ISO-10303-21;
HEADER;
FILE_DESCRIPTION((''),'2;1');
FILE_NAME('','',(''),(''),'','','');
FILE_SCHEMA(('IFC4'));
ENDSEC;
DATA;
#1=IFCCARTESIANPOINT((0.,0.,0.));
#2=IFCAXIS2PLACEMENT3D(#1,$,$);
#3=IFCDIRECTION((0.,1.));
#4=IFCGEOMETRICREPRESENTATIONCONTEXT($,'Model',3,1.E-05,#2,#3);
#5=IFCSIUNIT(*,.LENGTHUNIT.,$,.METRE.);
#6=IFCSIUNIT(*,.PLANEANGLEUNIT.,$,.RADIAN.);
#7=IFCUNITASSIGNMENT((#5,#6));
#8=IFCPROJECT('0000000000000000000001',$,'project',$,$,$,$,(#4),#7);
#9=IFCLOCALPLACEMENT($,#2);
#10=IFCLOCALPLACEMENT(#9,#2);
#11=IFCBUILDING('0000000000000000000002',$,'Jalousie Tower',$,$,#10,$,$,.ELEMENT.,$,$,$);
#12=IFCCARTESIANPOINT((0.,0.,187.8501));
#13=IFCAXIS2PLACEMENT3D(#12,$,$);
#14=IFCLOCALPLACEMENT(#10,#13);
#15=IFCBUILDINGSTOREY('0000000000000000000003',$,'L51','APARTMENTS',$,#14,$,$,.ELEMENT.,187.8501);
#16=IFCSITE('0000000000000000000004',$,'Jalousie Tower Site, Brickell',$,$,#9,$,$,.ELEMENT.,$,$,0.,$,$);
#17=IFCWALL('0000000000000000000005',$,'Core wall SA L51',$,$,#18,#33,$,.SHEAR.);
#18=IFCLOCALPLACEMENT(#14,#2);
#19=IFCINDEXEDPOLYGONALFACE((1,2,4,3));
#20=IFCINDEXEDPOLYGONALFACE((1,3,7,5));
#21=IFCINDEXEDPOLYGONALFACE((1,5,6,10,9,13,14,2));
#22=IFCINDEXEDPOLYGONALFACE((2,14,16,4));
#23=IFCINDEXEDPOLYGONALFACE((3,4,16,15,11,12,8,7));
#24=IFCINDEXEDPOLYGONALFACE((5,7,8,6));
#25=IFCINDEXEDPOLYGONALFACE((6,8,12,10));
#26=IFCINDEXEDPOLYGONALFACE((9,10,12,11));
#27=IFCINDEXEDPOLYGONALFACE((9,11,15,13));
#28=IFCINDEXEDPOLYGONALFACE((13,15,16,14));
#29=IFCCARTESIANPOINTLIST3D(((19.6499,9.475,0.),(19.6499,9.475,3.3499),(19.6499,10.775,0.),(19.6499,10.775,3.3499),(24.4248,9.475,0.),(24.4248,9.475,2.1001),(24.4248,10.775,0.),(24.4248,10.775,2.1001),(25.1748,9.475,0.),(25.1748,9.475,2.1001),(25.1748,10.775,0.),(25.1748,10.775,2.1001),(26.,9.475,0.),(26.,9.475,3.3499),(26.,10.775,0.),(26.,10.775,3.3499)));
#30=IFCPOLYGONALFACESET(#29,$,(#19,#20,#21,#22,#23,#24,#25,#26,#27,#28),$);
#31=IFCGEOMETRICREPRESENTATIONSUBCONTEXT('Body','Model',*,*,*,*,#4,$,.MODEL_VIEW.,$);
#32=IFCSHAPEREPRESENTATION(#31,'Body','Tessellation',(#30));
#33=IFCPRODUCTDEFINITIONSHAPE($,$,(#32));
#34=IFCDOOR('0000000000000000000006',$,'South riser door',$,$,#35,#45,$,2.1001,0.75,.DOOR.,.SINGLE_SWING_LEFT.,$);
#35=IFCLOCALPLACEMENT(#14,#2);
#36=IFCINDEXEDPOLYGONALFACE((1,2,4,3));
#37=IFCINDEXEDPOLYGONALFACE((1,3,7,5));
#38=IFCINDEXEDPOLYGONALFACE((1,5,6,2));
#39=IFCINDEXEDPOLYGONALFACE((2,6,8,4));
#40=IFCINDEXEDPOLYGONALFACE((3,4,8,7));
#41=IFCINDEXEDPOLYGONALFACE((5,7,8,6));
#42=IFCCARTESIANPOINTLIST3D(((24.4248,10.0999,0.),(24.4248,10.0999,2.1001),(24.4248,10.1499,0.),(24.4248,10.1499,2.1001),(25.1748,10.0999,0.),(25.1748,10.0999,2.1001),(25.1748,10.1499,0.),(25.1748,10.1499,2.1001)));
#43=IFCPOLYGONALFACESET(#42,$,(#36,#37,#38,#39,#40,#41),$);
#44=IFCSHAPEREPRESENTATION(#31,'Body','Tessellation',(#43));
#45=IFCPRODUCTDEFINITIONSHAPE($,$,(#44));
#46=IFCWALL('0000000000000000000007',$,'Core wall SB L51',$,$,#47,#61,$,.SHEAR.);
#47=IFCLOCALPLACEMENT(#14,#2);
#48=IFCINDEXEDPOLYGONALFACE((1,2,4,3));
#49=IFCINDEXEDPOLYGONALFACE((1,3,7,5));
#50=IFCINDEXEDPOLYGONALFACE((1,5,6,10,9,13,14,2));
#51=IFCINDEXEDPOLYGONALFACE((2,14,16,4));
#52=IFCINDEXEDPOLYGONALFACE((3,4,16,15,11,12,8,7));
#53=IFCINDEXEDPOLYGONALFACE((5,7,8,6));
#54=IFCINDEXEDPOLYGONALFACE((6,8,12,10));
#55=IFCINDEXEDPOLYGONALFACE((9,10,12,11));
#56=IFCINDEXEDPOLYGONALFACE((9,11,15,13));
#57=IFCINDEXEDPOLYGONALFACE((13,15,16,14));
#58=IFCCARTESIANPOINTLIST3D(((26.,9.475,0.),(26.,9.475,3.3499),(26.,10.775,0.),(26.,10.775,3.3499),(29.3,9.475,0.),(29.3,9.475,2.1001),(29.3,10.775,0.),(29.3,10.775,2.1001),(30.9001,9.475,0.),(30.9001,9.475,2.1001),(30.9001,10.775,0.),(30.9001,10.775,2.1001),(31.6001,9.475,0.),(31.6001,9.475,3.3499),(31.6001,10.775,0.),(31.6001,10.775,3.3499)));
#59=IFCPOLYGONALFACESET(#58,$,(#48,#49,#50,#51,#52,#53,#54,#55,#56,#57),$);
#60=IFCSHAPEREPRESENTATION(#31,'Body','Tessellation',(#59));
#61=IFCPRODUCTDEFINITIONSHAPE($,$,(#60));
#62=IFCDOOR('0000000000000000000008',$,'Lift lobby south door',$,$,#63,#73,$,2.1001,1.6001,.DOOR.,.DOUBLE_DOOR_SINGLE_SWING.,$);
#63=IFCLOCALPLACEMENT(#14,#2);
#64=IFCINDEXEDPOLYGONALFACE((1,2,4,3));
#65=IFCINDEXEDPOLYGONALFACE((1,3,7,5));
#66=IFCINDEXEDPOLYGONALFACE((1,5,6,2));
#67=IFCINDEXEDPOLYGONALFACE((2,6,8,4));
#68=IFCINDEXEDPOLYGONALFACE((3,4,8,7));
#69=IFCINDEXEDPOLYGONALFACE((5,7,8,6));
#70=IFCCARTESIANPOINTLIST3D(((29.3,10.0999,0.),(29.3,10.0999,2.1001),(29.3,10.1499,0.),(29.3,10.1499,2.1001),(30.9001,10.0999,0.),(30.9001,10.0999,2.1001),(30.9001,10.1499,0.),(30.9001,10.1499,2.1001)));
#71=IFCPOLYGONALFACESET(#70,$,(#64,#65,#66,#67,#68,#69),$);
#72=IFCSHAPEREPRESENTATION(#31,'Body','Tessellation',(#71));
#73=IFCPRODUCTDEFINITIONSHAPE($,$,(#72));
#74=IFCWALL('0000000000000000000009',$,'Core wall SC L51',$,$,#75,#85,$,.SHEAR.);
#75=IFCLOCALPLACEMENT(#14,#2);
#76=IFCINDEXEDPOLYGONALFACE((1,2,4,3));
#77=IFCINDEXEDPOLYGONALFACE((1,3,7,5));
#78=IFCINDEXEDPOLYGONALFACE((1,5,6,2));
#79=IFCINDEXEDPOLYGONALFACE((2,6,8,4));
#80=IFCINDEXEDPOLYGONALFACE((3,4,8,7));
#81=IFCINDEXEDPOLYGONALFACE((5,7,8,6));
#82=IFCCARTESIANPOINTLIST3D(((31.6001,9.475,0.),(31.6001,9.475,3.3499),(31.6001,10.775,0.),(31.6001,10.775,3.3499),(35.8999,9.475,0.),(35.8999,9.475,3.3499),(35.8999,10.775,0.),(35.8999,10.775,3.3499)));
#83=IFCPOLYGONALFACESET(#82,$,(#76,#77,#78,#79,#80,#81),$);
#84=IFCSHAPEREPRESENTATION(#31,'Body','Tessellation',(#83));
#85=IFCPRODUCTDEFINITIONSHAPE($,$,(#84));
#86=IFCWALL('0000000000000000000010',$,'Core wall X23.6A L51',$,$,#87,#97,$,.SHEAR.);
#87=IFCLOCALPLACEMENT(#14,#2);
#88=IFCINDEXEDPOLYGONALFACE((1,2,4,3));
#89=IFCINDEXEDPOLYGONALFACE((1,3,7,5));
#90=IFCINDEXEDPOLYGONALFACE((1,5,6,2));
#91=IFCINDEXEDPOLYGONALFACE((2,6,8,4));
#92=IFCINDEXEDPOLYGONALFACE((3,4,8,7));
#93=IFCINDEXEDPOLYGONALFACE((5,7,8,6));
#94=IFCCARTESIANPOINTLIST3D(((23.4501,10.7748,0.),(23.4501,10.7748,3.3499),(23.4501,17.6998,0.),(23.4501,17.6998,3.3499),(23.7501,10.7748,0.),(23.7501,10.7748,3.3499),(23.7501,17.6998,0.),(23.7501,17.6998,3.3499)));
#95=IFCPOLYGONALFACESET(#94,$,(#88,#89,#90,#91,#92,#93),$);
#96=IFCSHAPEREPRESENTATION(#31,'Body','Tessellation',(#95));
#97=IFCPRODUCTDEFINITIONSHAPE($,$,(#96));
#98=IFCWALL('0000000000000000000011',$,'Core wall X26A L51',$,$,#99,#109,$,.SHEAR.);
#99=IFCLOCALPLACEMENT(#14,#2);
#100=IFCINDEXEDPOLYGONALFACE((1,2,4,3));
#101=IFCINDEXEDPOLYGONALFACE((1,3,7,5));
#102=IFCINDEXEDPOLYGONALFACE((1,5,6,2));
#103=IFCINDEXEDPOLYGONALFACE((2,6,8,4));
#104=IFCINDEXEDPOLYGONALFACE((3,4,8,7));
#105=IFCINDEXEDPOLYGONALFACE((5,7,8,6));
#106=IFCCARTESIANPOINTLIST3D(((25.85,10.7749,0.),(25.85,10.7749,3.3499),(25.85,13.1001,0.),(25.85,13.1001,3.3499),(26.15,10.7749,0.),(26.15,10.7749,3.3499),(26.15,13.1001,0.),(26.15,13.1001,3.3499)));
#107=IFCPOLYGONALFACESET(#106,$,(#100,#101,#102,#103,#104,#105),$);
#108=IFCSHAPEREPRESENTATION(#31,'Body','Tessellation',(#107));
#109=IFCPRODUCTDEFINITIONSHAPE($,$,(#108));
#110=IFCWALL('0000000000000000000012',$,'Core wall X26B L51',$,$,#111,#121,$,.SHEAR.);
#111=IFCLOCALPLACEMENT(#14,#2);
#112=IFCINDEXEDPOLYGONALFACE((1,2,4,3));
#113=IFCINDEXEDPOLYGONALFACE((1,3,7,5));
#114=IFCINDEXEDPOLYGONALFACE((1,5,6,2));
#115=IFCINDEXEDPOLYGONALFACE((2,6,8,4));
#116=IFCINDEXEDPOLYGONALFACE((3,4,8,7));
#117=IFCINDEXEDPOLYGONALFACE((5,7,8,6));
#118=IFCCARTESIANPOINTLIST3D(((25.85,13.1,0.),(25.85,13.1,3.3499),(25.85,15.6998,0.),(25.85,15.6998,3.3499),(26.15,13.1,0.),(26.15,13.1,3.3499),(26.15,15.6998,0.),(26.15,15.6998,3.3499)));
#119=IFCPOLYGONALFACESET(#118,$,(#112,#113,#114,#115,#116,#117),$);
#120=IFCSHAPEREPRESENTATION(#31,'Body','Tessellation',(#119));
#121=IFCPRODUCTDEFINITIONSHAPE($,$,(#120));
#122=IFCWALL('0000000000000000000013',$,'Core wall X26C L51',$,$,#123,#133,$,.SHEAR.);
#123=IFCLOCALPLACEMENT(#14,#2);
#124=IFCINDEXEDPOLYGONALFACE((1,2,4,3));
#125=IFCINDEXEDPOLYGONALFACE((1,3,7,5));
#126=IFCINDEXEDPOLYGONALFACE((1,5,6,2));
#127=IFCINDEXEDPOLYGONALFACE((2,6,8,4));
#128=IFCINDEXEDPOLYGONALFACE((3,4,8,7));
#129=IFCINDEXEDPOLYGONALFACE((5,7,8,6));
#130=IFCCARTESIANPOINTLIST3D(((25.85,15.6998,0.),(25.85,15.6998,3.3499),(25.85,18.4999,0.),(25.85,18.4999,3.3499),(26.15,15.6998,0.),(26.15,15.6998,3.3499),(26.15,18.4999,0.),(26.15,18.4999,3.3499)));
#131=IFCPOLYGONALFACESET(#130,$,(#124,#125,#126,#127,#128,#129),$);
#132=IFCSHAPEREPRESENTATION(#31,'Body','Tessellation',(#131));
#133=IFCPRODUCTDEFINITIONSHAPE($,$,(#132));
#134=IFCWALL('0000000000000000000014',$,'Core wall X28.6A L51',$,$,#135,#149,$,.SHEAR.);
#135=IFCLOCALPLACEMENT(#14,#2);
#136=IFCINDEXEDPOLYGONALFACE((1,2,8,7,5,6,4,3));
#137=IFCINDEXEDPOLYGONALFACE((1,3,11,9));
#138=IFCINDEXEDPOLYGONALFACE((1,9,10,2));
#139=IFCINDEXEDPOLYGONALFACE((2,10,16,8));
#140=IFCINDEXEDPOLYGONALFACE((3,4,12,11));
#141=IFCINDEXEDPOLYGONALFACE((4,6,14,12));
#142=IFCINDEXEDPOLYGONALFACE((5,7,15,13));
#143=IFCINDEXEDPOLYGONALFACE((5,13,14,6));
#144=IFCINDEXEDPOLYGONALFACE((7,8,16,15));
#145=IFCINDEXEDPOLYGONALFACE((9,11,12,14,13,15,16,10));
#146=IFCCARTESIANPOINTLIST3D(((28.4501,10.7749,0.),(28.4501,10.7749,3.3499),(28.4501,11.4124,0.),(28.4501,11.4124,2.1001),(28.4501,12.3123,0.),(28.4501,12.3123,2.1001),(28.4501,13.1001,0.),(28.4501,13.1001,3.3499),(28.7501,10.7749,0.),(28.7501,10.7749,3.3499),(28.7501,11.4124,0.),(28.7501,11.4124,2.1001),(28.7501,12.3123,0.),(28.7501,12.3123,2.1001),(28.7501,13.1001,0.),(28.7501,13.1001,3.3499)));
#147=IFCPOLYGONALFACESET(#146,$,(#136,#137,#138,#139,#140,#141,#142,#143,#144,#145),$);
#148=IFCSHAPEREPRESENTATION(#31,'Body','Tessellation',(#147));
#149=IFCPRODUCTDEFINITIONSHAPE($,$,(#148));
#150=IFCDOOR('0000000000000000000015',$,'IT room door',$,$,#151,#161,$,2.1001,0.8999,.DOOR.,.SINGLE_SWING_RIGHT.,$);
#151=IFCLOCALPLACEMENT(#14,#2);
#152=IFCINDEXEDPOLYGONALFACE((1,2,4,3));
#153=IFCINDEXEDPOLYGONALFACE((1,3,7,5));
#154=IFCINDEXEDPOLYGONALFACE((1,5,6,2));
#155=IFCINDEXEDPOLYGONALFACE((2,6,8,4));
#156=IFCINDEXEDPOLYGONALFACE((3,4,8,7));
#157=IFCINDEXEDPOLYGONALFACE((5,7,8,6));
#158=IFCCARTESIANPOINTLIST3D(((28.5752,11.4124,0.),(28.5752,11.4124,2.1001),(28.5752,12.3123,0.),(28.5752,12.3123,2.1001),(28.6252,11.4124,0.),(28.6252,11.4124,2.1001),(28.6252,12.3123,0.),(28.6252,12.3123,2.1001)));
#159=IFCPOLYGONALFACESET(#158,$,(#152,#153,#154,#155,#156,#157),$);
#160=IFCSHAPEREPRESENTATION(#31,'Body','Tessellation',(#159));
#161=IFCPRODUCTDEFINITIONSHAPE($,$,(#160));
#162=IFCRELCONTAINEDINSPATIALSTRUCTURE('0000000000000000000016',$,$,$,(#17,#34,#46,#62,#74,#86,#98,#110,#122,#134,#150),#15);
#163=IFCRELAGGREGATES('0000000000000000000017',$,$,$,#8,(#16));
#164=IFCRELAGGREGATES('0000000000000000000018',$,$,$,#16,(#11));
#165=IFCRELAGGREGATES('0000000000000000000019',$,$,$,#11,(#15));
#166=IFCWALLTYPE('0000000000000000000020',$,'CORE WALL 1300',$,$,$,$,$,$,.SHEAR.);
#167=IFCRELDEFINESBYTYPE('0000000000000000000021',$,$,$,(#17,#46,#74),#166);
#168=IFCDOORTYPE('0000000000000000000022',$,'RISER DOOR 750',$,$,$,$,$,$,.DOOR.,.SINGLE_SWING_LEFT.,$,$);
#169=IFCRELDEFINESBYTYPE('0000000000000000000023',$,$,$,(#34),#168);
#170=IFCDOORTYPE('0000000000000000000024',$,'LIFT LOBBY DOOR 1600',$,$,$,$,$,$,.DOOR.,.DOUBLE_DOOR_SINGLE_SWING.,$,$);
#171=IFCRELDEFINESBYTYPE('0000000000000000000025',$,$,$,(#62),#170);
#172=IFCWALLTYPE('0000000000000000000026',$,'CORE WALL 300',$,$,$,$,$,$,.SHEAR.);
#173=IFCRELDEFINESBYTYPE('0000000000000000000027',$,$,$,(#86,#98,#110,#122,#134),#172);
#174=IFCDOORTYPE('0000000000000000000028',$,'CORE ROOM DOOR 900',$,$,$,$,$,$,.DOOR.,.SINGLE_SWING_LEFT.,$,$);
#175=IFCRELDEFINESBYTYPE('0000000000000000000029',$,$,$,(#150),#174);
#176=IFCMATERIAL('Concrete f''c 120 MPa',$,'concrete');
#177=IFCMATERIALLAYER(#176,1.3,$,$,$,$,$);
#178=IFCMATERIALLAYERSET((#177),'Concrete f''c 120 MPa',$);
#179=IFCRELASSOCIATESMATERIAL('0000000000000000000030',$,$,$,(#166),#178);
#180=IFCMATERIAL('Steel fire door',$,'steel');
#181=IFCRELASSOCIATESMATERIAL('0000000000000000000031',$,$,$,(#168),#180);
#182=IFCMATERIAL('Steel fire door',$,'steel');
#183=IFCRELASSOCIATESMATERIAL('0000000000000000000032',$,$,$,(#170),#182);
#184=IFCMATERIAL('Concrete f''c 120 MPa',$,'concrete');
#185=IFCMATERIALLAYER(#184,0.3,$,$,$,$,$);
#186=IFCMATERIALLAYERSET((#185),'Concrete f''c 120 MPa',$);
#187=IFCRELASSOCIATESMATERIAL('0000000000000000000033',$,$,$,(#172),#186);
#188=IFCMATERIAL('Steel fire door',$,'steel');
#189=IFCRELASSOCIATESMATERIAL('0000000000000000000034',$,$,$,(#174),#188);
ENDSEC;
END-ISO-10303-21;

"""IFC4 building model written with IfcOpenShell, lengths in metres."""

from ifc_helpers import new_model, si_unit, direction, frame, frame_2d, origin, place, context, subcontext, project, spatial, rectangle, extrude, material, layer, layer_set, type_object, element, fill, save


model = new_model("IFC4")

# Units and contexts
model_context = context("Model", 3, precision=1e-05, world=origin(), true_north=direction((0.0, 1.0)))
body_context = subcontext(model_context, "Body", "Model", "MODEL_VIEW")
ifc_project = project(units=[si_unit("LENGTHUNIT", "METRE"), si_unit("PLANEANGLEUNIT", "RADIAN")], contexts=[model_context])

# Site, building, storey
site_placement = place(None, origin())
site = spatial("IfcSite", under=ifc_project, at=site_placement, Name="Jalousie Tower Site, Brickell", CompositionType="ELEMENT", RefElevation=0.0)
building_placement = place(site_placement, origin())
building = spatial("IfcBuilding", under=site, at=building_placement, Name="Jalousie Tower", CompositionType="ELEMENT")
storey_placement = place(building_placement, frame((0.0, 0.0, 187.8501)))
storey = spatial("IfcBuildingStorey", under=building, at=storey_placement, Name="L51", Description="APARTMENTS", CompositionType="ELEMENT", Elevation=187.8501)

# Walls, openings, doors
ifc_material_1 = material(Name="Concrete f'c 120 MPa", Category="concrete")
ifc_layer_1 = layer(ifc_material_1, 1.3)
ifc_layer_set_1 = layer_set([ifc_layer_1], Name="Concrete f'c 120 MPa")
wall_type_1 = type_object("IfcWallType", Name="CORE WALL 1300", PredefinedType="SHEAR", material=ifc_layer_set_1)
wall_1_placement = place(storey_placement, frame((19.6499, 10.125, 0.0), z_axis=(0.0, 0.0, 1.0), x_axis=(1.0, 0.0, 0.0)))
wall_1 = element("IfcWall", 1, at=wall_1_placement, inside=storey, type_object=wall_type_1, Name="Core wall SA L51", PredefinedType="SHEAR", context=body_context, shape_type="SweptSolid", body=[
    extrude(rectangle(XDim=6.3501, YDim=1.3, at=frame_2d((3.175, 0.0))), origin(), (0.0, 0.0, 1.0), 3.3499),
])
opening_1_placement = place(wall_1_placement, frame((4.7749, 0.0, 0.0)))
opening_1 = element("IfcOpeningElement", 2, at=opening_1_placement, cuts=wall_1, PredefinedType="OPENING", context=body_context, shape_type="SweptSolid", body=[
    extrude(rectangle(XDim=0.75, YDim=2.1001, at=frame_2d((0.375, 1.05))), frame((0.0, 0.6599, 0.0), z_axis=(0.0, -1.0, 0.0), x_axis=(1.0, 0.0, 0.0)), (0.0, 0.0, 1.0), 1.3201),
])
ifc_material_2 = material(Name="Steel fire door", Category="steel")
door_type_1 = type_object("IfcDoorType", Name="RISER DOOR 750", OperationType="SINGLE_SWING_LEFT", PredefinedType="DOOR", material=ifc_material_2)
door_1_placement = place(opening_1_placement, origin())
door_1 = element("IfcDoor", 3, at=door_1_placement, inside=storey, type_object=door_type_1, Name="South riser door", OperationType="SINGLE_SWING_LEFT", OverallHeight=2.1001, OverallWidth=0.75, PredefinedType="DOOR", context=body_context, shape_type="SweptSolid", body=[
    extrude(rectangle(XDim=0.75, YDim=2.1001, at=frame_2d((0.375, 1.05))), frame((0.0, 0.0249, 0.0), z_axis=(0.0, -1.0, 0.0), x_axis=(1.0, 0.0, 0.0)), (0.0, 0.0, 1.0), 0.05),
])
fill(opening_1, door_1)
wall_2_placement = place(storey_placement, frame((26.0, 10.125, 0.0), z_axis=(0.0, 0.0, 1.0), x_axis=(1.0, 0.0, 0.0)))
wall_2 = element("IfcWall", 4, at=wall_2_placement, inside=storey, type_object=wall_type_1, Name="Core wall SB L51", PredefinedType="SHEAR", context=body_context, shape_type="SweptSolid", body=[
    extrude(rectangle(XDim=5.6001, YDim=1.3, at=frame_2d((2.8, 0.0))), origin(), (0.0, 0.0, 1.0), 3.3499),
])
opening_2_placement = place(wall_2_placement, frame((3.3, 0.0, 0.0)))
opening_2 = element("IfcOpeningElement", 5, at=opening_2_placement, cuts=wall_2, PredefinedType="OPENING", context=body_context, shape_type="SweptSolid", body=[
    extrude(rectangle(XDim=1.6001, YDim=2.1001, at=frame_2d((0.8, 1.05))), frame((0.0, 0.6599, 0.0), z_axis=(0.0, -1.0, 0.0), x_axis=(1.0, 0.0, 0.0)), (0.0, 0.0, 1.0), 1.3201),
])
ifc_material_3 = material(Name="Steel fire door", Category="steel")
door_type_2 = type_object("IfcDoorType", Name="LIFT LOBBY DOOR 1600", OperationType="DOUBLE_DOOR_SINGLE_SWING", PredefinedType="DOOR", material=ifc_material_3)
door_2_placement = place(opening_2_placement, origin())
door_2 = element("IfcDoor", 6, at=door_2_placement, inside=storey, type_object=door_type_2, Name="Lift lobby south door", OperationType="DOUBLE_DOOR_SINGLE_SWING", OverallHeight=2.1001, OverallWidth=1.6001, PredefinedType="DOOR", context=body_context, shape_type="SweptSolid", body=[
    extrude(rectangle(XDim=1.6001, YDim=2.1001, at=frame_2d((0.8, 1.05))), frame((0.0, 0.0249, 0.0), z_axis=(0.0, -1.0, 0.0), x_axis=(1.0, 0.0, 0.0)), (0.0, 0.0, 1.0), 0.05),
])
fill(opening_2, door_2)

# Walls
wall_3_placement = place(storey_placement, frame((31.6001, 10.125, 0.0), z_axis=(0.0, 0.0, 1.0), x_axis=(1.0, 0.0, 0.0)))
element("IfcWall", 7, at=wall_3_placement, inside=storey, type_object=wall_type_1, Name="Core wall SC L51", PredefinedType="SHEAR", context=body_context, shape_type="SweptSolid", body=[
    extrude(rectangle(XDim=4.2998, YDim=1.3, at=frame_2d((2.1499, 0.0))), origin(), (0.0, 0.0, 1.0), 3.3499),
])
ifc_material_4 = material(Name="Concrete f'c 120 MPa", Category="concrete")
ifc_layer_2 = layer(ifc_material_4, 0.3)
ifc_layer_set_2 = layer_set([ifc_layer_2], Name="Concrete f'c 120 MPa")
wall_type_2 = type_object("IfcWallType", Name="CORE WALL 300", PredefinedType="SHEAR", material=ifc_layer_set_2)
wall_4_placement = place(storey_placement, frame((23.6001, 10.7749, 0.0), z_axis=(0.0, 0.0, 1.0), x_axis=(0.0, 1.0, 0.0)))
element("IfcWall", 8, at=wall_4_placement, inside=storey, type_object=wall_type_2, Name="Core wall X23.6A L51", PredefinedType="SHEAR", context=body_context, shape_type="SweptSolid", body=[
    extrude(rectangle(XDim=6.925, YDim=0.3, at=frame_2d((3.4624, 0.0))), origin(), (0.0, 0.0, 1.0), 3.3499),
])
wall_5_placement = place(storey_placement, frame((26.0, 10.7749, 0.0), z_axis=(0.0, 0.0, 1.0), x_axis=(0.0, 1.0, 0.0)))
element("IfcWall", 9, at=wall_5_placement, inside=storey, type_object=wall_type_2, Name="Core wall X26A L51", PredefinedType="SHEAR", context=body_context, shape_type="SweptSolid", body=[
    extrude(rectangle(XDim=2.3252, YDim=0.3, at=frame_2d((1.1626, 0.0))), origin(), (0.0, 0.0, 1.0), 3.3499),
])
wall_6_placement = place(storey_placement, frame((26.0, 13.1001, 0.0), z_axis=(0.0, 0.0, 1.0), x_axis=(0.0, 1.0, 0.0)))
element("IfcWall", 10, at=wall_6_placement, inside=storey, type_object=wall_type_2, Name="Core wall X26B L51", PredefinedType="SHEAR", context=body_context, shape_type="SweptSolid", body=[
    extrude(rectangle(XDim=2.5999, YDim=0.3, at=frame_2d((1.2998, 0.0))), origin(), (0.0, 0.0, 1.0), 3.3499),
])
wall_7_placement = place(storey_placement, frame((26.0, 15.7, 0.0), z_axis=(0.0, 0.0, 1.0), x_axis=(0.0, 1.0, 0.0)))
element("IfcWall", 11, at=wall_7_placement, inside=storey, type_object=wall_type_2, Name="Core wall X26C L51", PredefinedType="SHEAR", context=body_context, shape_type="SweptSolid", body=[
    extrude(rectangle(XDim=2.8, YDim=0.3, at=frame_2d((1.3999, 0.0))), origin(), (0.0, 0.0, 1.0), 3.3499),
])

# Wall, opening, door
wall_8_placement = place(storey_placement, frame((28.6001, 10.7749, 0.0), z_axis=(0.0, 0.0, 1.0), x_axis=(0.0, 1.0, 0.0)))
wall_8 = element("IfcWall", 12, at=wall_8_placement, inside=storey, type_object=wall_type_2, Name="Core wall X28.6A L51", PredefinedType="SHEAR", context=body_context, shape_type="SweptSolid", body=[
    extrude(rectangle(XDim=2.3252, YDim=0.3, at=frame_2d((1.1626, 0.0))), origin(), (0.0, 0.0, 1.0), 3.3499),
])
opening_3_placement = place(wall_8_placement, frame((0.6375, 0.0, 0.0)))
opening_3 = element("IfcOpeningElement", 13, at=opening_3_placement, cuts=wall_8, PredefinedType="OPENING", context=body_context, shape_type="SweptSolid", body=[
    extrude(rectangle(XDim=0.8999, YDim=2.1001, at=frame_2d((0.45, 1.05))), frame((0.0, 0.1599, 0.0), z_axis=(0.0, -1.0, 0.0), x_axis=(1.0, 0.0, 0.0)), (0.0, 0.0, 1.0), 0.3201),
])
ifc_material_5 = material(Name="Steel fire door", Category="steel")
door_type_3 = type_object("IfcDoorType", Name="CORE ROOM DOOR 900", OperationType="SINGLE_SWING_LEFT", PredefinedType="DOOR", material=ifc_material_5)
door_3_placement = place(opening_3_placement, origin())
door_3 = element("IfcDoor", 14, at=door_3_placement, inside=storey, type_object=door_type_3, Name="IT room door", OperationType="SINGLE_SWING_RIGHT", OverallHeight=2.1001, OverallWidth=0.8999, PredefinedType="DOOR", context=body_context, shape_type="SweptSolid", body=[
    extrude(rectangle(XDim=0.8999, YDim=2.1001, at=frame_2d((0.45, 1.05))), frame((0.0, 0.0249, 0.0), z_axis=(0.0, -1.0, 0.0), x_axis=(1.0, 0.0, 0.0)), (0.0, 0.0, 1.0), 0.05),
])
fill(opening_3, door_3)

save(model, "model.ifc")
